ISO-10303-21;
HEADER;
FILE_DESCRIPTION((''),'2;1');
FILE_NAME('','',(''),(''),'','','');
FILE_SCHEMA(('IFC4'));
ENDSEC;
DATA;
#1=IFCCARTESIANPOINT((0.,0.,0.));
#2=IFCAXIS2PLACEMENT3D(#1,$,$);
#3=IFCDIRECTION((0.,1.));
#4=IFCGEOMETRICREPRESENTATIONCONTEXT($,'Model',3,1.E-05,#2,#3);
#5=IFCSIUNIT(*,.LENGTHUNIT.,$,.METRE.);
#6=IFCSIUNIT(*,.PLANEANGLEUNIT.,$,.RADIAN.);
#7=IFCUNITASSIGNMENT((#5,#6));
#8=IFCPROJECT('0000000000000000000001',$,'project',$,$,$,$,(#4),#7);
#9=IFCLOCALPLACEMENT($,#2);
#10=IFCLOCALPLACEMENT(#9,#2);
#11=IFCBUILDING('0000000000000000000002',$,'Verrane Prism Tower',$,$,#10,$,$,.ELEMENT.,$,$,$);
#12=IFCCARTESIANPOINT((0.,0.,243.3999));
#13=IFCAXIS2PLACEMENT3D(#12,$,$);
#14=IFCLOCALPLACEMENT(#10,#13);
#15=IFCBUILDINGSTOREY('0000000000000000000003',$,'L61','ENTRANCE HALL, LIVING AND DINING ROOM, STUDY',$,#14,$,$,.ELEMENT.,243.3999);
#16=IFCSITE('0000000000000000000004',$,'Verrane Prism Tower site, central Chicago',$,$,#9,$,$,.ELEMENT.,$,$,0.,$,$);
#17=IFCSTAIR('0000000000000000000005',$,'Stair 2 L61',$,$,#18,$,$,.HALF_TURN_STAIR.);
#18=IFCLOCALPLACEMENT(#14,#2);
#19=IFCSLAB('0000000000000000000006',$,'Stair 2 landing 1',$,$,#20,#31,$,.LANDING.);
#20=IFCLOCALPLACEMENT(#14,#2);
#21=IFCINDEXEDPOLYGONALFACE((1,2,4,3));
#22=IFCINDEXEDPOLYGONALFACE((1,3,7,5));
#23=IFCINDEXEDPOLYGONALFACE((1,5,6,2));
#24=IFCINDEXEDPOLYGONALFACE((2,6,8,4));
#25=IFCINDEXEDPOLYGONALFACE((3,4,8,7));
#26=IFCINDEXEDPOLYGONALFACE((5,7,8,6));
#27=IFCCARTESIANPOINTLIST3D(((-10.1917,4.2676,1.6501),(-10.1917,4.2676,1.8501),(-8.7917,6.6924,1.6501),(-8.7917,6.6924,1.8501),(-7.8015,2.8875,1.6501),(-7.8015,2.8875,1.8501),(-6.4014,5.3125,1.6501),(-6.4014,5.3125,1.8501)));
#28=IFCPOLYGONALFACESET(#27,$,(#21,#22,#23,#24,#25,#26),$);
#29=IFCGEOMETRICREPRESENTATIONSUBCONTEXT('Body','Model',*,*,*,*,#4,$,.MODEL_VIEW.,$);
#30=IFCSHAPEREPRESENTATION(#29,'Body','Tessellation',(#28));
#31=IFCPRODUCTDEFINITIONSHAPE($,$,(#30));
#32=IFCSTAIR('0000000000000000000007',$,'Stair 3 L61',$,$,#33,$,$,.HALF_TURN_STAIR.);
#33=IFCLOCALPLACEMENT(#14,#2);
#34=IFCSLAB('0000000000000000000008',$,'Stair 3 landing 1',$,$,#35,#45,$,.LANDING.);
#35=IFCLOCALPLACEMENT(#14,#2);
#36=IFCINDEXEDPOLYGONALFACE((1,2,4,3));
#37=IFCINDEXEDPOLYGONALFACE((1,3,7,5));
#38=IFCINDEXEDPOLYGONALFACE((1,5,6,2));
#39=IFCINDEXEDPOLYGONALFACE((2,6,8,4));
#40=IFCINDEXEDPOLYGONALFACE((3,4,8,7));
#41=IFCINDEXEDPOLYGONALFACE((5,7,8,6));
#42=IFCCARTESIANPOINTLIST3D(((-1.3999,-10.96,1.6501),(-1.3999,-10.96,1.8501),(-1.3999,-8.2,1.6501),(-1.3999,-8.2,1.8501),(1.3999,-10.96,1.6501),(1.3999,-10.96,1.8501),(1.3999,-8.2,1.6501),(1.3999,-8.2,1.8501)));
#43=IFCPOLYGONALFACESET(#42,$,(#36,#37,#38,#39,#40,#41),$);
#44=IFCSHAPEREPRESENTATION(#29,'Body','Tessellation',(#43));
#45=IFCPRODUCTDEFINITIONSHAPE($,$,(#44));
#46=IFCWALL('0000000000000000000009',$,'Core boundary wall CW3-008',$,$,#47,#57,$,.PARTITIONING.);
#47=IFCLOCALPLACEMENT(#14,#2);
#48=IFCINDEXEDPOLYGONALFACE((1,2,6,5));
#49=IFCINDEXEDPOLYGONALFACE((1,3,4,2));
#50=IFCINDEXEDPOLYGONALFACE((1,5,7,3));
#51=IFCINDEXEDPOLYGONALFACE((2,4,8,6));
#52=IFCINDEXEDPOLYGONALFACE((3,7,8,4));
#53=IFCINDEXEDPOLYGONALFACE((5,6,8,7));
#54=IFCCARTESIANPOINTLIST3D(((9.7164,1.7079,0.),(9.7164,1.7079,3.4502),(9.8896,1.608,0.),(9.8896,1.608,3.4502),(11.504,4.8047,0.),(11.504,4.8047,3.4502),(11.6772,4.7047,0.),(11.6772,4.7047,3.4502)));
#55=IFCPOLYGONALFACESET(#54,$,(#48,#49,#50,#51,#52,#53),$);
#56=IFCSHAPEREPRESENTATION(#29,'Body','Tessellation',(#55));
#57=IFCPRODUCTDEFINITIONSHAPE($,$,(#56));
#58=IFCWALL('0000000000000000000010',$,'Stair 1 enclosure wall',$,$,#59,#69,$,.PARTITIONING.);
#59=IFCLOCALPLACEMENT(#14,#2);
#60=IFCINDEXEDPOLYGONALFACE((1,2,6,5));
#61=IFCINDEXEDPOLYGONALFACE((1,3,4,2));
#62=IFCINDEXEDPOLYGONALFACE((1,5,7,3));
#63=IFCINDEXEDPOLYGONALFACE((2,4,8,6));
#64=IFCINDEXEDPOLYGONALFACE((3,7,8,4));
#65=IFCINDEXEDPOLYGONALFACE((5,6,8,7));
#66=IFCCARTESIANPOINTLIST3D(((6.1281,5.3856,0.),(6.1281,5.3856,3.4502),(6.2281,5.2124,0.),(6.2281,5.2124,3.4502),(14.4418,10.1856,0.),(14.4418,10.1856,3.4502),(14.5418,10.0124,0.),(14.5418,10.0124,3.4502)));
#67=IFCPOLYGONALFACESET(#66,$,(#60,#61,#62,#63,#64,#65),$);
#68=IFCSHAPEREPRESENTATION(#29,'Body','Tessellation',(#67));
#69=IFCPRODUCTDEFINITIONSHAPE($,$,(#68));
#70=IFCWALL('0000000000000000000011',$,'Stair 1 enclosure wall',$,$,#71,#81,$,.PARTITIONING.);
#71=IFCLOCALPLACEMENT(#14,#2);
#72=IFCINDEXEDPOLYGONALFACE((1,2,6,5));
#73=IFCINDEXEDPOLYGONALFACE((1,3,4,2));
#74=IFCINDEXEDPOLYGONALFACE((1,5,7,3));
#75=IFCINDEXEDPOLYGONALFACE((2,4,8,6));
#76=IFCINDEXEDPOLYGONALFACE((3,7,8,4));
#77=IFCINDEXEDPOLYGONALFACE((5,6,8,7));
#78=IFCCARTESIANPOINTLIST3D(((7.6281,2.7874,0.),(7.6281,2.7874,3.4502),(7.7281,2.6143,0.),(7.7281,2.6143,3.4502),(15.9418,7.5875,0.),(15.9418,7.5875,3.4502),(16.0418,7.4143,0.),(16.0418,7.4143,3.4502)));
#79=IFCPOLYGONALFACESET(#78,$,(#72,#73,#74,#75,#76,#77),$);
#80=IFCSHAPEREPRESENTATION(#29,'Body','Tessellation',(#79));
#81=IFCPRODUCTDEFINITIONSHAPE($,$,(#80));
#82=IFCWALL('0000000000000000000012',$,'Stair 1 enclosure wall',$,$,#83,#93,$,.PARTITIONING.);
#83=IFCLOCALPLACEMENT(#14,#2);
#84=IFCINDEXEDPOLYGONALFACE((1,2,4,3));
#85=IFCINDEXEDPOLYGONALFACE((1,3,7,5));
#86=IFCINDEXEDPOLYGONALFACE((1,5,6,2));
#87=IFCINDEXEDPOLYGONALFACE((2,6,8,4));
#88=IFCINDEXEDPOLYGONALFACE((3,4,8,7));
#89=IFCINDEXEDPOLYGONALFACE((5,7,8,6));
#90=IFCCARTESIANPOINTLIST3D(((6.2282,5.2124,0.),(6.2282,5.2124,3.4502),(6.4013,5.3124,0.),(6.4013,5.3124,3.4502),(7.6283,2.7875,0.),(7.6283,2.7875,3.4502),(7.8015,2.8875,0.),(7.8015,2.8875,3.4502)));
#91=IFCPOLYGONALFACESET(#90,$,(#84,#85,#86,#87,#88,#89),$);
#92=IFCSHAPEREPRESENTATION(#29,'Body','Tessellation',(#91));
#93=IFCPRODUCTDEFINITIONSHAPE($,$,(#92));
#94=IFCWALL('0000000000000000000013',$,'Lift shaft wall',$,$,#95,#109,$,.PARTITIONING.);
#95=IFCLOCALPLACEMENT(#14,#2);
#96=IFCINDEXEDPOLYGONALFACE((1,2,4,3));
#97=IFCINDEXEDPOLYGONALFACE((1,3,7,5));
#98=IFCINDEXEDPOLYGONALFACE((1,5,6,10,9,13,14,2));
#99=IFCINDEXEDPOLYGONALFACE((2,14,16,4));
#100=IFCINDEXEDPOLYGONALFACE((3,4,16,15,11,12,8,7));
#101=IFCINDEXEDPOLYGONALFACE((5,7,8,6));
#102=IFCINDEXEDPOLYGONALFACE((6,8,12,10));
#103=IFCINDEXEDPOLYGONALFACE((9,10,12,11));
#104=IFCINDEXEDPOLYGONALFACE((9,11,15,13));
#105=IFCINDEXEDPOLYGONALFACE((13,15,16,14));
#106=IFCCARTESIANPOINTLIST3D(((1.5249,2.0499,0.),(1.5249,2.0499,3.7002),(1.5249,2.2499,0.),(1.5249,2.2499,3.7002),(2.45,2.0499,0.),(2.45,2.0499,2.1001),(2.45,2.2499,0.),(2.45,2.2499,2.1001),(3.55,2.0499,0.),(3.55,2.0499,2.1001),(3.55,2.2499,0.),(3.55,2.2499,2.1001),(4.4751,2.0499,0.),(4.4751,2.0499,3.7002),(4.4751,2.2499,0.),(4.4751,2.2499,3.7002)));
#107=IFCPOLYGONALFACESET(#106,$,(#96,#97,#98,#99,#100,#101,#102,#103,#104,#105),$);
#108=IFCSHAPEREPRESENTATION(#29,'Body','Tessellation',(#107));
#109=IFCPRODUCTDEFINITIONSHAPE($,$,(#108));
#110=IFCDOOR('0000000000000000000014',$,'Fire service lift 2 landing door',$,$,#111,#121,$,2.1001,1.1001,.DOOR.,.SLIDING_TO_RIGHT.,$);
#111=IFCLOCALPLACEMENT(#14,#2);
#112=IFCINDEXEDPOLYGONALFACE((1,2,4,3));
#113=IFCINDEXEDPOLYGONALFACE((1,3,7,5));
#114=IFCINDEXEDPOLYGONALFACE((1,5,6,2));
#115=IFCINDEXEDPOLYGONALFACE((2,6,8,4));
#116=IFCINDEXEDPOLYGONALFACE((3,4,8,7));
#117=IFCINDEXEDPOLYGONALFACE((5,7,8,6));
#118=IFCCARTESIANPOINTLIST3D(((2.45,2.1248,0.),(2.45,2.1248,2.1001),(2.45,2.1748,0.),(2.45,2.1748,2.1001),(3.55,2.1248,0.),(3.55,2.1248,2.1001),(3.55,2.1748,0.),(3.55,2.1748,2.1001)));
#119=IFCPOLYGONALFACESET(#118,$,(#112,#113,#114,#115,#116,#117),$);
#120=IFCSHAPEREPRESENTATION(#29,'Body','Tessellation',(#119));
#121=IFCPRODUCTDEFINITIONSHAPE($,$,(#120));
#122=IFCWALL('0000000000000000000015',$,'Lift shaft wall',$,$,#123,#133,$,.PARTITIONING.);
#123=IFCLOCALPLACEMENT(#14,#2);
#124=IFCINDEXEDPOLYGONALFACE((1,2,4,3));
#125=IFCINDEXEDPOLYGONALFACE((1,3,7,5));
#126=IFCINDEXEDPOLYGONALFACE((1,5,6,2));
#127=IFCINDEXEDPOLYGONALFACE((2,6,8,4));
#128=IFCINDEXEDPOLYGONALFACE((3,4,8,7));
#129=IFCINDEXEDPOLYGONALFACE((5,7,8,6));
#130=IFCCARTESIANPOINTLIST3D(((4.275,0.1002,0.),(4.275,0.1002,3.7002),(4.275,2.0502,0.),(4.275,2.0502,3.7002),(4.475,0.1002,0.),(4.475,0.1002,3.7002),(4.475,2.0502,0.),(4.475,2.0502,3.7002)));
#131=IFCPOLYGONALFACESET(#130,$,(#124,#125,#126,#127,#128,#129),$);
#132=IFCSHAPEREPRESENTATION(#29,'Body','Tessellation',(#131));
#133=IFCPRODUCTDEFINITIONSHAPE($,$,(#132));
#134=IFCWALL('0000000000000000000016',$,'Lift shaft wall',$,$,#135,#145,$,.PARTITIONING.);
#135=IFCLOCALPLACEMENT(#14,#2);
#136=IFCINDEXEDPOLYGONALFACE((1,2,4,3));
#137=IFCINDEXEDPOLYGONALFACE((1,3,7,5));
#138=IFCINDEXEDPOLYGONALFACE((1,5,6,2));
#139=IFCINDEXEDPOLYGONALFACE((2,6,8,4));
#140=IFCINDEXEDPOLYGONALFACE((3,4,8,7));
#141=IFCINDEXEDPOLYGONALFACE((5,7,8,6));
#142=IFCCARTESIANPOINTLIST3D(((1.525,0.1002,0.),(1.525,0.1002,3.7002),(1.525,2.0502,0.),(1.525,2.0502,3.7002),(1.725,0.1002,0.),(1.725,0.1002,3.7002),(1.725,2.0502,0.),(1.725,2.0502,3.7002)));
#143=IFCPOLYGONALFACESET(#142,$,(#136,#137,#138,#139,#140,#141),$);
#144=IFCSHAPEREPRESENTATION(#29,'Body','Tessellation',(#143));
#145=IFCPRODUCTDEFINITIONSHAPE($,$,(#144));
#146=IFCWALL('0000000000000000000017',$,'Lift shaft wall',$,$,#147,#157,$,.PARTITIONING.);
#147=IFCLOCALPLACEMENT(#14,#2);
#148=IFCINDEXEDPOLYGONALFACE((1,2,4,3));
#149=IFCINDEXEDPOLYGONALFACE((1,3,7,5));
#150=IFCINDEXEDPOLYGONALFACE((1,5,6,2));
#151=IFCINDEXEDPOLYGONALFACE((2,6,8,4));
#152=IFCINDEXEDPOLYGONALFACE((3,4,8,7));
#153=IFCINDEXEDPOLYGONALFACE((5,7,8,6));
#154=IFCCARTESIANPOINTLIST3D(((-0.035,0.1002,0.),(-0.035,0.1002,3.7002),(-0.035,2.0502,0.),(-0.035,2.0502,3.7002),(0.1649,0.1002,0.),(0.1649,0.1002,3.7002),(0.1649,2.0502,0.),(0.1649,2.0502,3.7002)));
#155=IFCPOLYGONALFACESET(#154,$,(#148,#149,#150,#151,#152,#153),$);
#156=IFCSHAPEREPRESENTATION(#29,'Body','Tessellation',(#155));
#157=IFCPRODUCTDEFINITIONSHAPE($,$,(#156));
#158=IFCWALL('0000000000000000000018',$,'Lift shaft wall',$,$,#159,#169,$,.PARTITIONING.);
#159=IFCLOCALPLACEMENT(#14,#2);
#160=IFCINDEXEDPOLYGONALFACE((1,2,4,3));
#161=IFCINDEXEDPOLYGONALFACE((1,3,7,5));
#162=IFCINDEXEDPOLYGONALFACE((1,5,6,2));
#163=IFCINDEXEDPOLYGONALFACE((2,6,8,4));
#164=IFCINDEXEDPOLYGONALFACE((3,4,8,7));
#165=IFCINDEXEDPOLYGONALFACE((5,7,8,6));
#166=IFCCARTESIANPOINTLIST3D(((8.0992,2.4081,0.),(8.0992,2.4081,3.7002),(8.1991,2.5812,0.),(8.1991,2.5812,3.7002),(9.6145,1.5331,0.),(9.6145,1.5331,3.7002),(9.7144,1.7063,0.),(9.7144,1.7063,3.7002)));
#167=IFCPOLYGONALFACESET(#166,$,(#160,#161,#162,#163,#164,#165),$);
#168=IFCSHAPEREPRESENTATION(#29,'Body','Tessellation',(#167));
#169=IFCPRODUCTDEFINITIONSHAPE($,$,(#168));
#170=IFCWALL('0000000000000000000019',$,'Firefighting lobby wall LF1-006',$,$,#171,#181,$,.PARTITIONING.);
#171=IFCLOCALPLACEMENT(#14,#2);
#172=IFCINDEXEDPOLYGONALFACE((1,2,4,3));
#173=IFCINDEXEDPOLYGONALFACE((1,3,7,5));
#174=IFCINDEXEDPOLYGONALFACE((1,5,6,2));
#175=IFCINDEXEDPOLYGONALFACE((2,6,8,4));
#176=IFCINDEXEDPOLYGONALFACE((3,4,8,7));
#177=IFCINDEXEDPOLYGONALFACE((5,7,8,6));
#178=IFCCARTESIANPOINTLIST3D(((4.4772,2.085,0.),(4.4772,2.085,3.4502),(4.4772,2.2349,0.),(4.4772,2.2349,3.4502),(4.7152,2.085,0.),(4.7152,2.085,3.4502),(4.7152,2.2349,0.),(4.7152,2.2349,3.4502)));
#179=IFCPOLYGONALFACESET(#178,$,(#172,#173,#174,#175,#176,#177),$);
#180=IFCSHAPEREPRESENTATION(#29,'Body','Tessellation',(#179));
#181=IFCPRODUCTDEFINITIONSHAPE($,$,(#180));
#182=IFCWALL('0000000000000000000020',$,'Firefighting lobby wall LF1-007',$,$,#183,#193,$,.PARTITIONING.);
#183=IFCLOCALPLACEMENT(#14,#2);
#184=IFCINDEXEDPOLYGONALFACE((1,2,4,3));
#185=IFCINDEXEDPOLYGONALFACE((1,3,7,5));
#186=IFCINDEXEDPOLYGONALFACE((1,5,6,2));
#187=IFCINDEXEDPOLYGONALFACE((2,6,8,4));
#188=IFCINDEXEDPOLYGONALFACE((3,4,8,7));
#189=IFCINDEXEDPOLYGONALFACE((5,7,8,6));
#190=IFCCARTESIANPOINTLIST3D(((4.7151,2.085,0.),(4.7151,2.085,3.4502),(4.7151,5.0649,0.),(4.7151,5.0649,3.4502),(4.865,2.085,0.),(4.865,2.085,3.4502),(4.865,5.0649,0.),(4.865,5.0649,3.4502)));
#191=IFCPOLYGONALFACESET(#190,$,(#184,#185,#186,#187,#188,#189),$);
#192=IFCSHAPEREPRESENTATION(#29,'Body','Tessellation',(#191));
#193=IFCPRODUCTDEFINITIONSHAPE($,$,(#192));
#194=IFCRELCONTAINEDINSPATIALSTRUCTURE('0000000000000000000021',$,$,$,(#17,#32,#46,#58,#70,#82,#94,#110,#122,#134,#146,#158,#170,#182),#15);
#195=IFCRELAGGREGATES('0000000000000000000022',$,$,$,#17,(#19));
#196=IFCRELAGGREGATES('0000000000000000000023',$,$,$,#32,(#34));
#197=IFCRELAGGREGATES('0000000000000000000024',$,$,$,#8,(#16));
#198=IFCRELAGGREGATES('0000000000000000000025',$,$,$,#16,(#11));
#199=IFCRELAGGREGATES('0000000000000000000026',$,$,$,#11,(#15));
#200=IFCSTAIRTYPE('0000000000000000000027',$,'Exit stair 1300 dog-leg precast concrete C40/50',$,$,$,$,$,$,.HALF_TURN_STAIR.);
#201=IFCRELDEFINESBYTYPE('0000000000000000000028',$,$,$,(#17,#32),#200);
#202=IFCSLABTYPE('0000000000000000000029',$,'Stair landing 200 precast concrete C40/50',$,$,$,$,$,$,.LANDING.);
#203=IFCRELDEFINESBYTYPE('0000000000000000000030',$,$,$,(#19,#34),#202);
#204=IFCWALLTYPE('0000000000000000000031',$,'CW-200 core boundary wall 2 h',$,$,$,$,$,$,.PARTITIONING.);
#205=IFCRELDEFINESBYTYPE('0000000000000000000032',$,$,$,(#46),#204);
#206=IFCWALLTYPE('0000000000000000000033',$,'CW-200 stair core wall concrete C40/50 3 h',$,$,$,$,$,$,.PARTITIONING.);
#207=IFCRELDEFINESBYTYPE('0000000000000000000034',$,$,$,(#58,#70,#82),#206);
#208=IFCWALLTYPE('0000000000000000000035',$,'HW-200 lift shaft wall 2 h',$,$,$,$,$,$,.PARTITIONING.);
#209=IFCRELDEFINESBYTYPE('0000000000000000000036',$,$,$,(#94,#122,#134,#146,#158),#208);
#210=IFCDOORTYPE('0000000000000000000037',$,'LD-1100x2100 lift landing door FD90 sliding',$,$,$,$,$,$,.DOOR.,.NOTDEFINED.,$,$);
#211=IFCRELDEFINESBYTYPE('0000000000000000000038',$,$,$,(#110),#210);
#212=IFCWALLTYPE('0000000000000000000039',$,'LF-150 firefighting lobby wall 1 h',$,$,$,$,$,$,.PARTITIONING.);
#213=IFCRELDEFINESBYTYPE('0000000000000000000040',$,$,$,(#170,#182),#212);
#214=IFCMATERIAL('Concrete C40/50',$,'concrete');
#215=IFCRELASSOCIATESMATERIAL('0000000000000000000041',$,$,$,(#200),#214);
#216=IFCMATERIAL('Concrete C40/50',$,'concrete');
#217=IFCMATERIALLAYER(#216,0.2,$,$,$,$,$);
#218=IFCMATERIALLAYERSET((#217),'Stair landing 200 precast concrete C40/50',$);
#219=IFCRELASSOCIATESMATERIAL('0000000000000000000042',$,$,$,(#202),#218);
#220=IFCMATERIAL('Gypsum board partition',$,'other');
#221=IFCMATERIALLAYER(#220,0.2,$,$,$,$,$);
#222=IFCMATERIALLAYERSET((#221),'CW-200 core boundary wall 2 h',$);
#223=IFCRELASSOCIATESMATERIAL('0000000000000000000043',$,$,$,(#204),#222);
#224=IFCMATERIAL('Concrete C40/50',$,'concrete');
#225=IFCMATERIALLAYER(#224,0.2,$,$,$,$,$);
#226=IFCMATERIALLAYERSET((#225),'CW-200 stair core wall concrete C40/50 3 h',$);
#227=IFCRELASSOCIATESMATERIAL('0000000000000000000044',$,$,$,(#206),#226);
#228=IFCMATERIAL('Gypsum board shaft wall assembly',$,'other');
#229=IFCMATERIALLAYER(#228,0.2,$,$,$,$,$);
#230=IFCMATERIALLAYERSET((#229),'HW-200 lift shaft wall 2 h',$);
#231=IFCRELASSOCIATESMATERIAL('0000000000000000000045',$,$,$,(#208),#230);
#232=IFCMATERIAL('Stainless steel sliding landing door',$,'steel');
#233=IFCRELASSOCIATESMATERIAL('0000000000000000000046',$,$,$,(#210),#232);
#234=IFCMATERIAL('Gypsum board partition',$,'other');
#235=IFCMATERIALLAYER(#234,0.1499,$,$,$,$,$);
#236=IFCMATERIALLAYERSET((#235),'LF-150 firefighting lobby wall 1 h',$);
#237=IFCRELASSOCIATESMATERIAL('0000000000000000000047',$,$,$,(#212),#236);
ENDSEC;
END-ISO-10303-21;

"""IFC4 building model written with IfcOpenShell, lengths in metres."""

from ifc_helpers import new_model, si_unit, direction, frame, frame_2d, origin, place, context, subcontext, project, spatial, polyline, rectangle, outline, extrude, material, layer, layer_set, type_object, element, fill, aggregate, save


model = new_model("IFC4")

# Units and contexts
model_context = context("Model", 3, precision=1e-05, world=origin(), true_north=direction((0.0, 1.0)))
body_context = subcontext(model_context, "Body", "Model", "MODEL_VIEW")
ifc_project = project(units=[si_unit("LENGTHUNIT", "METRE"), si_unit("PLANEANGLEUNIT", "RADIAN")], contexts=[model_context])

# Site, building, storey
site_placement = place(None, origin())
site = spatial("IfcSite", under=ifc_project, at=site_placement, Name="Verrane Prism Tower site, central Chicago", CompositionType="ELEMENT", RefElevation=0.0)
building_placement = place(site_placement, origin())
building = spatial("IfcBuilding", under=site, at=building_placement, Name="Verrane Prism Tower", CompositionType="ELEMENT")
storey_placement = place(building_placement, frame((0.0, 0.0, 243.3999)))
storey = spatial("IfcBuildingStorey", under=building, at=storey_placement, Name="L61", Description="ENTRANCE HALL, LIVING AND DINING ROOM, STUDY", CompositionType="ELEMENT", Elevation=243.3999)

# Stairs, slabs
ifc_material_1 = material(Name="Concrete C40/50", Category="concrete")
stair_type = type_object("IfcStairType", Name="Exit stair 1300 dog-leg precast concrete C40/50", PredefinedType="HALF_TURN_STAIR", material=ifc_material_1)
stair_1_placement = place(storey_placement, origin())
stair_1 = element("IfcStair", 1, at=stair_1_placement, inside=storey, type_object=stair_type, Name="Stair 2 L61", PredefinedType="HALF_TURN_STAIR")
ifc_material_2 = material(Name="Concrete C40/50", Category="concrete")
ifc_layer_1 = layer(ifc_material_2, 0.2)
ifc_layer_set_1 = layer_set([ifc_layer_1], Name="Stair landing 200 precast concrete C40/50")
slab_type_1 = type_object("IfcSlabType", Name="Stair landing 200 precast concrete C40/50", PredefinedType="LANDING", material=ifc_layer_set_1)
slab_1_placement = place(storey_placement, frame((0.0, 0.0, 1.6501)))
slab_1 = element("IfcSlab", 2, at=slab_1_placement, type_object=slab_type_1, Name="Stair 2 landing 1", PredefinedType="LANDING", context=body_context, shape_type="SweptSolid", body=[
    extrude(outline(polyline([(-10.1917, 4.2676), (-7.8015, 2.8875), (-6.4014, 5.3125), (-8.7917, 6.6924), (-10.1917, 4.2676)])), origin(), (0.0, 0.0, 1.0), 0.2),
])
aggregate(stair_1, [slab_1])
stair_2_placement = place(storey_placement, origin())
stair_2 = element("IfcStair", 3, at=stair_2_placement, inside=storey, type_object=stair_type, Name="Stair 3 L61", PredefinedType="HALF_TURN_STAIR")
slab_2_placement = place(storey_placement, frame((0.0, 0.0, 1.6501)))
slab_2 = element("IfcSlab", 4, at=slab_2_placement, type_object=slab_type_1, Name="Stair 3 landing 1", PredefinedType="LANDING", context=body_context, shape_type="SweptSolid", body=[
    extrude(outline(polyline([(1.3999, -10.96), (1.3999, -8.2), (-1.3999, -8.2), (-1.3999, -10.96), (1.3999, -10.96)])), origin(), (0.0, 0.0, 1.0), 0.2),
])
aggregate(stair_2, [slab_2])

# Walls
ifc_material_3 = material(Name="Gypsum board partition", Category="other")
ifc_layer_2 = layer(ifc_material_3, 0.2)
ifc_layer_set_2 = layer_set([ifc_layer_2], Name="CW-200 core boundary wall 2 h")
wall_type_1 = type_object("IfcWallType", Name="CW-200 core boundary wall 2 h", PredefinedType="PARTITIONING", material=ifc_layer_set_2)
wall_1_placement = place(storey_placement, frame((9.803, 1.658, 0.0), z_axis=(0.0, 0.0, 1.0), x_axis=(0.499943, 0.866058, 0.0)))
element("IfcWall", 5, at=wall_1_placement, inside=storey, type_object=wall_type_1, Name="Core boundary wall CW3-008", PredefinedType="PARTITIONING", context=body_context, shape_type="SweptSolid", body=[
    extrude(rectangle(XDim=3.5757, YDim=0.2, at=frame_2d((1.7878, 0.0))), origin(), (0.0, 0.0, 1.0), 3.4502),
])
ifc_material_4 = material(Name="Concrete C40/50", Category="concrete")
ifc_layer_3 = layer(ifc_material_4, 0.2)
ifc_layer_set_3 = layer_set([ifc_layer_3], Name="CW-200 stair core wall concrete C40/50 3 h")
wall_type_2 = type_object("IfcWallType", Name="CW-200 stair core wall concrete C40/50 3 h", PredefinedType="PARTITIONING", material=ifc_layer_set_3)
for number, where, z_axis, x_axis, name in (
    (6, (6.1782, 5.2991, 0.0), (0.0, 0.0, 1.0), (0.86602, 0.500009, 0.0), "Stair 1 enclosure wall"),
    (7, (7.6782, 2.7009, 0.0), (0.0, 0.0, 1.0), (0.86602, 0.500009, 0.0), "Stair 1 enclosure wall"),
):
    element("IfcWall", number, at=place(storey_placement, frame(where, z_axis=z_axis, x_axis=x_axis)), inside=storey, type_object=wall_type_2, Name=name, PredefinedType="PARTITIONING", context=body_context, shape_type="SweptSolid", body=[
        extrude(rectangle(XDim=9.5999, YDim=0.2, at=frame_2d((4.7998, 0.0))), origin(), (0.0, 0.0, 1.0), 3.4502),
    ])
wall_2_placement = place(storey_placement, frame((7.7148, 2.8376, 0.0), z_axis=(0.0, 0.0, 1.0), x_axis=(-0.50005, 0.865997, 0.0)))
element("IfcWall", 8, at=wall_2_placement, inside=storey, type_object=wall_type_2, Name="Stair 1 enclosure wall", PredefinedType="PARTITIONING", context=body_context, shape_type="SweptSolid", body=[
    extrude(rectangle(XDim=2.8, YDim=0.2, at=frame_2d((1.3999, 0.0))), origin(), (0.0, 0.0, 1.0), 3.4502),
])

# Wall, opening, door
ifc_material_5 = material(Name="Gypsum board shaft wall assembly", Category="other")
ifc_layer_4 = layer(ifc_material_5, 0.2)
ifc_layer_set_4 = layer_set([ifc_layer_4], Name="HW-200 lift shaft wall 2 h")
wall_type_3 = type_object("IfcWallType", Name="HW-200 lift shaft wall 2 h", PredefinedType="PARTITIONING", material=ifc_layer_set_4)
wall_3_placement = place(storey_placement, frame((1.5249, 2.1499, 0.0), z_axis=(0.0, 0.0, 1.0), x_axis=(1.0, 0.0, 0.0)))
wall_3 = element("IfcWall", 9, at=wall_3_placement, inside=storey, type_object=wall_type_3, Name="Lift shaft wall", PredefinedType="PARTITIONING", context=body_context, shape_type="SweptSolid", body=[
    extrude(rectangle(XDim=2.9502, YDim=0.2, at=frame_2d((1.4751, 0.0))), origin(), (0.0, 0.0, 1.0), 3.7002),
])
opening_1_placement = place(wall_3_placement, frame((0.925, 0.0, 0.0)))
opening_1 = element("IfcOpeningElement", 10, at=opening_1_placement, cuts=wall_3, PredefinedType="OPENING", context=body_context, shape_type="SweptSolid", body=[
    extrude(rectangle(XDim=1.1001, YDim=2.1001, at=frame_2d((0.55, 1.05))), frame((0.0, 0.1099, 0.0), z_axis=(0.0, -1.0, 0.0), x_axis=(1.0, 0.0, 0.0)), (0.0, 0.0, 1.0), 0.22),
])
ifc_material_6 = material(Name="Stainless steel sliding landing door", Category="steel")
door_type_1 = type_object("IfcDoorType", Name="LD-1100x2100 lift landing door FD90 sliding", OperationType="NOTDEFINED", PredefinedType="DOOR", material=ifc_material_6)
door_1_placement = place(opening_1_placement, origin())
door_1 = element("IfcDoor", 11, at=door_1_placement, inside=storey, type_object=door_type_1, Name="Fire service lift 2 landing door", OperationType="SLIDING_TO_RIGHT", OverallHeight=2.1001, OverallWidth=1.1001, PredefinedType="DOOR", context=body_context, shape_type="SweptSolid", body=[
    extrude(rectangle(XDim=1.1001, YDim=2.1001, at=frame_2d((0.55, 1.05))), frame((0.0, 0.0249, 0.0), z_axis=(0.0, -1.0, 0.0), x_axis=(1.0, 0.0, 0.0)), (0.0, 0.0, 1.0), 0.05),
])
fill(opening_1, door_1)

# Walls
for number, where, z_axis, x_axis, name in (
    (12, (4.375, 0.1001, 0.0), (0.0, 0.0, 1.0), (0.0, 1.0, 0.0), "Lift shaft wall"),
    (13, (1.625, 0.1001, 0.0), (0.0, 0.0, 1.0), (0.0, 1.0, 0.0), "Lift shaft wall"),
    (14, (0.0649, 0.1001, 0.0), (0.0, 0.0, 1.0), (0.0, 1.0, 0.0), "Lift shaft wall"),
):
    element("IfcWall", number, at=place(storey_placement, frame(where, z_axis=z_axis, x_axis=x_axis)), inside=storey, type_object=wall_type_3, Name=name, PredefinedType="PARTITIONING", context=body_context, shape_type="SweptSolid", body=[
        extrude(rectangle(XDim=1.95, YDim=0.2, at=frame_2d((0.9751, 0.0))), origin(), (0.0, 0.0, 1.0), 3.7002),
    ])
wall_4_placement = place(storey_placement, frame((9.6646, 1.6196, 0.0), z_axis=(0.0, 0.0, 1.0), x_axis=(-0.866002, 0.50004, 0.0)))
element("IfcWall", 15, at=wall_4_placement, inside=storey, type_object=wall_type_3, Name="Lift shaft wall", PredefinedType="PARTITIONING", context=body_context, shape_type="SweptSolid", body=[
    extrude(rectangle(XDim=1.7498, YDim=0.2, at=frame_2d((0.875, 0.0))), origin(), (0.0, 0.0, 1.0), 3.7002),
])
ifc_material_7 = material(Name="Gypsum board partition", Category="other")
ifc_layer_5 = layer(ifc_material_7, 0.1499)
ifc_layer_set_5 = layer_set([ifc_layer_5], Name="LF-150 firefighting lobby wall 1 h")
wall_type_4 = type_object("IfcWallType", Name="LF-150 firefighting lobby wall 1 h", PredefinedType="PARTITIONING", material=ifc_layer_set_5)
wall_5_placement = place(storey_placement, frame((4.4771, 2.1599, 0.0), z_axis=(0.0, 0.0, 1.0), x_axis=(1.0, 0.0, 0.0)))
element("IfcWall", 16, at=wall_5_placement, inside=storey, type_object=wall_type_4, Name="Firefighting lobby wall LF1-006", PredefinedType="PARTITIONING", context=body_context, shape_type="SweptSolid", body=[
    extrude(rectangle(XDim=0.238, YDim=0.1499, at=frame_2d((0.1191, 0.0))), origin(), (0.0, 0.0, 1.0), 3.4502),
])
wall_6_placement = place(storey_placement, frame((4.79, 2.085, 0.0), z_axis=(0.0, 0.0, 1.0), x_axis=(0.0, 1.0, 0.0)))
element("IfcWall", 17, at=wall_6_placement, inside=storey, type_object=wall_type_4, Name="Firefighting lobby wall LF1-007", PredefinedType="PARTITIONING", context=body_context, shape_type="SweptSolid", body=[
    extrude(rectangle(XDim=2.98, YDim=0.1499, at=frame_2d((1.49, 0.0))), origin(), (0.0, 0.0, 1.0), 3.4502),
])

save(model, "model.ifc")
